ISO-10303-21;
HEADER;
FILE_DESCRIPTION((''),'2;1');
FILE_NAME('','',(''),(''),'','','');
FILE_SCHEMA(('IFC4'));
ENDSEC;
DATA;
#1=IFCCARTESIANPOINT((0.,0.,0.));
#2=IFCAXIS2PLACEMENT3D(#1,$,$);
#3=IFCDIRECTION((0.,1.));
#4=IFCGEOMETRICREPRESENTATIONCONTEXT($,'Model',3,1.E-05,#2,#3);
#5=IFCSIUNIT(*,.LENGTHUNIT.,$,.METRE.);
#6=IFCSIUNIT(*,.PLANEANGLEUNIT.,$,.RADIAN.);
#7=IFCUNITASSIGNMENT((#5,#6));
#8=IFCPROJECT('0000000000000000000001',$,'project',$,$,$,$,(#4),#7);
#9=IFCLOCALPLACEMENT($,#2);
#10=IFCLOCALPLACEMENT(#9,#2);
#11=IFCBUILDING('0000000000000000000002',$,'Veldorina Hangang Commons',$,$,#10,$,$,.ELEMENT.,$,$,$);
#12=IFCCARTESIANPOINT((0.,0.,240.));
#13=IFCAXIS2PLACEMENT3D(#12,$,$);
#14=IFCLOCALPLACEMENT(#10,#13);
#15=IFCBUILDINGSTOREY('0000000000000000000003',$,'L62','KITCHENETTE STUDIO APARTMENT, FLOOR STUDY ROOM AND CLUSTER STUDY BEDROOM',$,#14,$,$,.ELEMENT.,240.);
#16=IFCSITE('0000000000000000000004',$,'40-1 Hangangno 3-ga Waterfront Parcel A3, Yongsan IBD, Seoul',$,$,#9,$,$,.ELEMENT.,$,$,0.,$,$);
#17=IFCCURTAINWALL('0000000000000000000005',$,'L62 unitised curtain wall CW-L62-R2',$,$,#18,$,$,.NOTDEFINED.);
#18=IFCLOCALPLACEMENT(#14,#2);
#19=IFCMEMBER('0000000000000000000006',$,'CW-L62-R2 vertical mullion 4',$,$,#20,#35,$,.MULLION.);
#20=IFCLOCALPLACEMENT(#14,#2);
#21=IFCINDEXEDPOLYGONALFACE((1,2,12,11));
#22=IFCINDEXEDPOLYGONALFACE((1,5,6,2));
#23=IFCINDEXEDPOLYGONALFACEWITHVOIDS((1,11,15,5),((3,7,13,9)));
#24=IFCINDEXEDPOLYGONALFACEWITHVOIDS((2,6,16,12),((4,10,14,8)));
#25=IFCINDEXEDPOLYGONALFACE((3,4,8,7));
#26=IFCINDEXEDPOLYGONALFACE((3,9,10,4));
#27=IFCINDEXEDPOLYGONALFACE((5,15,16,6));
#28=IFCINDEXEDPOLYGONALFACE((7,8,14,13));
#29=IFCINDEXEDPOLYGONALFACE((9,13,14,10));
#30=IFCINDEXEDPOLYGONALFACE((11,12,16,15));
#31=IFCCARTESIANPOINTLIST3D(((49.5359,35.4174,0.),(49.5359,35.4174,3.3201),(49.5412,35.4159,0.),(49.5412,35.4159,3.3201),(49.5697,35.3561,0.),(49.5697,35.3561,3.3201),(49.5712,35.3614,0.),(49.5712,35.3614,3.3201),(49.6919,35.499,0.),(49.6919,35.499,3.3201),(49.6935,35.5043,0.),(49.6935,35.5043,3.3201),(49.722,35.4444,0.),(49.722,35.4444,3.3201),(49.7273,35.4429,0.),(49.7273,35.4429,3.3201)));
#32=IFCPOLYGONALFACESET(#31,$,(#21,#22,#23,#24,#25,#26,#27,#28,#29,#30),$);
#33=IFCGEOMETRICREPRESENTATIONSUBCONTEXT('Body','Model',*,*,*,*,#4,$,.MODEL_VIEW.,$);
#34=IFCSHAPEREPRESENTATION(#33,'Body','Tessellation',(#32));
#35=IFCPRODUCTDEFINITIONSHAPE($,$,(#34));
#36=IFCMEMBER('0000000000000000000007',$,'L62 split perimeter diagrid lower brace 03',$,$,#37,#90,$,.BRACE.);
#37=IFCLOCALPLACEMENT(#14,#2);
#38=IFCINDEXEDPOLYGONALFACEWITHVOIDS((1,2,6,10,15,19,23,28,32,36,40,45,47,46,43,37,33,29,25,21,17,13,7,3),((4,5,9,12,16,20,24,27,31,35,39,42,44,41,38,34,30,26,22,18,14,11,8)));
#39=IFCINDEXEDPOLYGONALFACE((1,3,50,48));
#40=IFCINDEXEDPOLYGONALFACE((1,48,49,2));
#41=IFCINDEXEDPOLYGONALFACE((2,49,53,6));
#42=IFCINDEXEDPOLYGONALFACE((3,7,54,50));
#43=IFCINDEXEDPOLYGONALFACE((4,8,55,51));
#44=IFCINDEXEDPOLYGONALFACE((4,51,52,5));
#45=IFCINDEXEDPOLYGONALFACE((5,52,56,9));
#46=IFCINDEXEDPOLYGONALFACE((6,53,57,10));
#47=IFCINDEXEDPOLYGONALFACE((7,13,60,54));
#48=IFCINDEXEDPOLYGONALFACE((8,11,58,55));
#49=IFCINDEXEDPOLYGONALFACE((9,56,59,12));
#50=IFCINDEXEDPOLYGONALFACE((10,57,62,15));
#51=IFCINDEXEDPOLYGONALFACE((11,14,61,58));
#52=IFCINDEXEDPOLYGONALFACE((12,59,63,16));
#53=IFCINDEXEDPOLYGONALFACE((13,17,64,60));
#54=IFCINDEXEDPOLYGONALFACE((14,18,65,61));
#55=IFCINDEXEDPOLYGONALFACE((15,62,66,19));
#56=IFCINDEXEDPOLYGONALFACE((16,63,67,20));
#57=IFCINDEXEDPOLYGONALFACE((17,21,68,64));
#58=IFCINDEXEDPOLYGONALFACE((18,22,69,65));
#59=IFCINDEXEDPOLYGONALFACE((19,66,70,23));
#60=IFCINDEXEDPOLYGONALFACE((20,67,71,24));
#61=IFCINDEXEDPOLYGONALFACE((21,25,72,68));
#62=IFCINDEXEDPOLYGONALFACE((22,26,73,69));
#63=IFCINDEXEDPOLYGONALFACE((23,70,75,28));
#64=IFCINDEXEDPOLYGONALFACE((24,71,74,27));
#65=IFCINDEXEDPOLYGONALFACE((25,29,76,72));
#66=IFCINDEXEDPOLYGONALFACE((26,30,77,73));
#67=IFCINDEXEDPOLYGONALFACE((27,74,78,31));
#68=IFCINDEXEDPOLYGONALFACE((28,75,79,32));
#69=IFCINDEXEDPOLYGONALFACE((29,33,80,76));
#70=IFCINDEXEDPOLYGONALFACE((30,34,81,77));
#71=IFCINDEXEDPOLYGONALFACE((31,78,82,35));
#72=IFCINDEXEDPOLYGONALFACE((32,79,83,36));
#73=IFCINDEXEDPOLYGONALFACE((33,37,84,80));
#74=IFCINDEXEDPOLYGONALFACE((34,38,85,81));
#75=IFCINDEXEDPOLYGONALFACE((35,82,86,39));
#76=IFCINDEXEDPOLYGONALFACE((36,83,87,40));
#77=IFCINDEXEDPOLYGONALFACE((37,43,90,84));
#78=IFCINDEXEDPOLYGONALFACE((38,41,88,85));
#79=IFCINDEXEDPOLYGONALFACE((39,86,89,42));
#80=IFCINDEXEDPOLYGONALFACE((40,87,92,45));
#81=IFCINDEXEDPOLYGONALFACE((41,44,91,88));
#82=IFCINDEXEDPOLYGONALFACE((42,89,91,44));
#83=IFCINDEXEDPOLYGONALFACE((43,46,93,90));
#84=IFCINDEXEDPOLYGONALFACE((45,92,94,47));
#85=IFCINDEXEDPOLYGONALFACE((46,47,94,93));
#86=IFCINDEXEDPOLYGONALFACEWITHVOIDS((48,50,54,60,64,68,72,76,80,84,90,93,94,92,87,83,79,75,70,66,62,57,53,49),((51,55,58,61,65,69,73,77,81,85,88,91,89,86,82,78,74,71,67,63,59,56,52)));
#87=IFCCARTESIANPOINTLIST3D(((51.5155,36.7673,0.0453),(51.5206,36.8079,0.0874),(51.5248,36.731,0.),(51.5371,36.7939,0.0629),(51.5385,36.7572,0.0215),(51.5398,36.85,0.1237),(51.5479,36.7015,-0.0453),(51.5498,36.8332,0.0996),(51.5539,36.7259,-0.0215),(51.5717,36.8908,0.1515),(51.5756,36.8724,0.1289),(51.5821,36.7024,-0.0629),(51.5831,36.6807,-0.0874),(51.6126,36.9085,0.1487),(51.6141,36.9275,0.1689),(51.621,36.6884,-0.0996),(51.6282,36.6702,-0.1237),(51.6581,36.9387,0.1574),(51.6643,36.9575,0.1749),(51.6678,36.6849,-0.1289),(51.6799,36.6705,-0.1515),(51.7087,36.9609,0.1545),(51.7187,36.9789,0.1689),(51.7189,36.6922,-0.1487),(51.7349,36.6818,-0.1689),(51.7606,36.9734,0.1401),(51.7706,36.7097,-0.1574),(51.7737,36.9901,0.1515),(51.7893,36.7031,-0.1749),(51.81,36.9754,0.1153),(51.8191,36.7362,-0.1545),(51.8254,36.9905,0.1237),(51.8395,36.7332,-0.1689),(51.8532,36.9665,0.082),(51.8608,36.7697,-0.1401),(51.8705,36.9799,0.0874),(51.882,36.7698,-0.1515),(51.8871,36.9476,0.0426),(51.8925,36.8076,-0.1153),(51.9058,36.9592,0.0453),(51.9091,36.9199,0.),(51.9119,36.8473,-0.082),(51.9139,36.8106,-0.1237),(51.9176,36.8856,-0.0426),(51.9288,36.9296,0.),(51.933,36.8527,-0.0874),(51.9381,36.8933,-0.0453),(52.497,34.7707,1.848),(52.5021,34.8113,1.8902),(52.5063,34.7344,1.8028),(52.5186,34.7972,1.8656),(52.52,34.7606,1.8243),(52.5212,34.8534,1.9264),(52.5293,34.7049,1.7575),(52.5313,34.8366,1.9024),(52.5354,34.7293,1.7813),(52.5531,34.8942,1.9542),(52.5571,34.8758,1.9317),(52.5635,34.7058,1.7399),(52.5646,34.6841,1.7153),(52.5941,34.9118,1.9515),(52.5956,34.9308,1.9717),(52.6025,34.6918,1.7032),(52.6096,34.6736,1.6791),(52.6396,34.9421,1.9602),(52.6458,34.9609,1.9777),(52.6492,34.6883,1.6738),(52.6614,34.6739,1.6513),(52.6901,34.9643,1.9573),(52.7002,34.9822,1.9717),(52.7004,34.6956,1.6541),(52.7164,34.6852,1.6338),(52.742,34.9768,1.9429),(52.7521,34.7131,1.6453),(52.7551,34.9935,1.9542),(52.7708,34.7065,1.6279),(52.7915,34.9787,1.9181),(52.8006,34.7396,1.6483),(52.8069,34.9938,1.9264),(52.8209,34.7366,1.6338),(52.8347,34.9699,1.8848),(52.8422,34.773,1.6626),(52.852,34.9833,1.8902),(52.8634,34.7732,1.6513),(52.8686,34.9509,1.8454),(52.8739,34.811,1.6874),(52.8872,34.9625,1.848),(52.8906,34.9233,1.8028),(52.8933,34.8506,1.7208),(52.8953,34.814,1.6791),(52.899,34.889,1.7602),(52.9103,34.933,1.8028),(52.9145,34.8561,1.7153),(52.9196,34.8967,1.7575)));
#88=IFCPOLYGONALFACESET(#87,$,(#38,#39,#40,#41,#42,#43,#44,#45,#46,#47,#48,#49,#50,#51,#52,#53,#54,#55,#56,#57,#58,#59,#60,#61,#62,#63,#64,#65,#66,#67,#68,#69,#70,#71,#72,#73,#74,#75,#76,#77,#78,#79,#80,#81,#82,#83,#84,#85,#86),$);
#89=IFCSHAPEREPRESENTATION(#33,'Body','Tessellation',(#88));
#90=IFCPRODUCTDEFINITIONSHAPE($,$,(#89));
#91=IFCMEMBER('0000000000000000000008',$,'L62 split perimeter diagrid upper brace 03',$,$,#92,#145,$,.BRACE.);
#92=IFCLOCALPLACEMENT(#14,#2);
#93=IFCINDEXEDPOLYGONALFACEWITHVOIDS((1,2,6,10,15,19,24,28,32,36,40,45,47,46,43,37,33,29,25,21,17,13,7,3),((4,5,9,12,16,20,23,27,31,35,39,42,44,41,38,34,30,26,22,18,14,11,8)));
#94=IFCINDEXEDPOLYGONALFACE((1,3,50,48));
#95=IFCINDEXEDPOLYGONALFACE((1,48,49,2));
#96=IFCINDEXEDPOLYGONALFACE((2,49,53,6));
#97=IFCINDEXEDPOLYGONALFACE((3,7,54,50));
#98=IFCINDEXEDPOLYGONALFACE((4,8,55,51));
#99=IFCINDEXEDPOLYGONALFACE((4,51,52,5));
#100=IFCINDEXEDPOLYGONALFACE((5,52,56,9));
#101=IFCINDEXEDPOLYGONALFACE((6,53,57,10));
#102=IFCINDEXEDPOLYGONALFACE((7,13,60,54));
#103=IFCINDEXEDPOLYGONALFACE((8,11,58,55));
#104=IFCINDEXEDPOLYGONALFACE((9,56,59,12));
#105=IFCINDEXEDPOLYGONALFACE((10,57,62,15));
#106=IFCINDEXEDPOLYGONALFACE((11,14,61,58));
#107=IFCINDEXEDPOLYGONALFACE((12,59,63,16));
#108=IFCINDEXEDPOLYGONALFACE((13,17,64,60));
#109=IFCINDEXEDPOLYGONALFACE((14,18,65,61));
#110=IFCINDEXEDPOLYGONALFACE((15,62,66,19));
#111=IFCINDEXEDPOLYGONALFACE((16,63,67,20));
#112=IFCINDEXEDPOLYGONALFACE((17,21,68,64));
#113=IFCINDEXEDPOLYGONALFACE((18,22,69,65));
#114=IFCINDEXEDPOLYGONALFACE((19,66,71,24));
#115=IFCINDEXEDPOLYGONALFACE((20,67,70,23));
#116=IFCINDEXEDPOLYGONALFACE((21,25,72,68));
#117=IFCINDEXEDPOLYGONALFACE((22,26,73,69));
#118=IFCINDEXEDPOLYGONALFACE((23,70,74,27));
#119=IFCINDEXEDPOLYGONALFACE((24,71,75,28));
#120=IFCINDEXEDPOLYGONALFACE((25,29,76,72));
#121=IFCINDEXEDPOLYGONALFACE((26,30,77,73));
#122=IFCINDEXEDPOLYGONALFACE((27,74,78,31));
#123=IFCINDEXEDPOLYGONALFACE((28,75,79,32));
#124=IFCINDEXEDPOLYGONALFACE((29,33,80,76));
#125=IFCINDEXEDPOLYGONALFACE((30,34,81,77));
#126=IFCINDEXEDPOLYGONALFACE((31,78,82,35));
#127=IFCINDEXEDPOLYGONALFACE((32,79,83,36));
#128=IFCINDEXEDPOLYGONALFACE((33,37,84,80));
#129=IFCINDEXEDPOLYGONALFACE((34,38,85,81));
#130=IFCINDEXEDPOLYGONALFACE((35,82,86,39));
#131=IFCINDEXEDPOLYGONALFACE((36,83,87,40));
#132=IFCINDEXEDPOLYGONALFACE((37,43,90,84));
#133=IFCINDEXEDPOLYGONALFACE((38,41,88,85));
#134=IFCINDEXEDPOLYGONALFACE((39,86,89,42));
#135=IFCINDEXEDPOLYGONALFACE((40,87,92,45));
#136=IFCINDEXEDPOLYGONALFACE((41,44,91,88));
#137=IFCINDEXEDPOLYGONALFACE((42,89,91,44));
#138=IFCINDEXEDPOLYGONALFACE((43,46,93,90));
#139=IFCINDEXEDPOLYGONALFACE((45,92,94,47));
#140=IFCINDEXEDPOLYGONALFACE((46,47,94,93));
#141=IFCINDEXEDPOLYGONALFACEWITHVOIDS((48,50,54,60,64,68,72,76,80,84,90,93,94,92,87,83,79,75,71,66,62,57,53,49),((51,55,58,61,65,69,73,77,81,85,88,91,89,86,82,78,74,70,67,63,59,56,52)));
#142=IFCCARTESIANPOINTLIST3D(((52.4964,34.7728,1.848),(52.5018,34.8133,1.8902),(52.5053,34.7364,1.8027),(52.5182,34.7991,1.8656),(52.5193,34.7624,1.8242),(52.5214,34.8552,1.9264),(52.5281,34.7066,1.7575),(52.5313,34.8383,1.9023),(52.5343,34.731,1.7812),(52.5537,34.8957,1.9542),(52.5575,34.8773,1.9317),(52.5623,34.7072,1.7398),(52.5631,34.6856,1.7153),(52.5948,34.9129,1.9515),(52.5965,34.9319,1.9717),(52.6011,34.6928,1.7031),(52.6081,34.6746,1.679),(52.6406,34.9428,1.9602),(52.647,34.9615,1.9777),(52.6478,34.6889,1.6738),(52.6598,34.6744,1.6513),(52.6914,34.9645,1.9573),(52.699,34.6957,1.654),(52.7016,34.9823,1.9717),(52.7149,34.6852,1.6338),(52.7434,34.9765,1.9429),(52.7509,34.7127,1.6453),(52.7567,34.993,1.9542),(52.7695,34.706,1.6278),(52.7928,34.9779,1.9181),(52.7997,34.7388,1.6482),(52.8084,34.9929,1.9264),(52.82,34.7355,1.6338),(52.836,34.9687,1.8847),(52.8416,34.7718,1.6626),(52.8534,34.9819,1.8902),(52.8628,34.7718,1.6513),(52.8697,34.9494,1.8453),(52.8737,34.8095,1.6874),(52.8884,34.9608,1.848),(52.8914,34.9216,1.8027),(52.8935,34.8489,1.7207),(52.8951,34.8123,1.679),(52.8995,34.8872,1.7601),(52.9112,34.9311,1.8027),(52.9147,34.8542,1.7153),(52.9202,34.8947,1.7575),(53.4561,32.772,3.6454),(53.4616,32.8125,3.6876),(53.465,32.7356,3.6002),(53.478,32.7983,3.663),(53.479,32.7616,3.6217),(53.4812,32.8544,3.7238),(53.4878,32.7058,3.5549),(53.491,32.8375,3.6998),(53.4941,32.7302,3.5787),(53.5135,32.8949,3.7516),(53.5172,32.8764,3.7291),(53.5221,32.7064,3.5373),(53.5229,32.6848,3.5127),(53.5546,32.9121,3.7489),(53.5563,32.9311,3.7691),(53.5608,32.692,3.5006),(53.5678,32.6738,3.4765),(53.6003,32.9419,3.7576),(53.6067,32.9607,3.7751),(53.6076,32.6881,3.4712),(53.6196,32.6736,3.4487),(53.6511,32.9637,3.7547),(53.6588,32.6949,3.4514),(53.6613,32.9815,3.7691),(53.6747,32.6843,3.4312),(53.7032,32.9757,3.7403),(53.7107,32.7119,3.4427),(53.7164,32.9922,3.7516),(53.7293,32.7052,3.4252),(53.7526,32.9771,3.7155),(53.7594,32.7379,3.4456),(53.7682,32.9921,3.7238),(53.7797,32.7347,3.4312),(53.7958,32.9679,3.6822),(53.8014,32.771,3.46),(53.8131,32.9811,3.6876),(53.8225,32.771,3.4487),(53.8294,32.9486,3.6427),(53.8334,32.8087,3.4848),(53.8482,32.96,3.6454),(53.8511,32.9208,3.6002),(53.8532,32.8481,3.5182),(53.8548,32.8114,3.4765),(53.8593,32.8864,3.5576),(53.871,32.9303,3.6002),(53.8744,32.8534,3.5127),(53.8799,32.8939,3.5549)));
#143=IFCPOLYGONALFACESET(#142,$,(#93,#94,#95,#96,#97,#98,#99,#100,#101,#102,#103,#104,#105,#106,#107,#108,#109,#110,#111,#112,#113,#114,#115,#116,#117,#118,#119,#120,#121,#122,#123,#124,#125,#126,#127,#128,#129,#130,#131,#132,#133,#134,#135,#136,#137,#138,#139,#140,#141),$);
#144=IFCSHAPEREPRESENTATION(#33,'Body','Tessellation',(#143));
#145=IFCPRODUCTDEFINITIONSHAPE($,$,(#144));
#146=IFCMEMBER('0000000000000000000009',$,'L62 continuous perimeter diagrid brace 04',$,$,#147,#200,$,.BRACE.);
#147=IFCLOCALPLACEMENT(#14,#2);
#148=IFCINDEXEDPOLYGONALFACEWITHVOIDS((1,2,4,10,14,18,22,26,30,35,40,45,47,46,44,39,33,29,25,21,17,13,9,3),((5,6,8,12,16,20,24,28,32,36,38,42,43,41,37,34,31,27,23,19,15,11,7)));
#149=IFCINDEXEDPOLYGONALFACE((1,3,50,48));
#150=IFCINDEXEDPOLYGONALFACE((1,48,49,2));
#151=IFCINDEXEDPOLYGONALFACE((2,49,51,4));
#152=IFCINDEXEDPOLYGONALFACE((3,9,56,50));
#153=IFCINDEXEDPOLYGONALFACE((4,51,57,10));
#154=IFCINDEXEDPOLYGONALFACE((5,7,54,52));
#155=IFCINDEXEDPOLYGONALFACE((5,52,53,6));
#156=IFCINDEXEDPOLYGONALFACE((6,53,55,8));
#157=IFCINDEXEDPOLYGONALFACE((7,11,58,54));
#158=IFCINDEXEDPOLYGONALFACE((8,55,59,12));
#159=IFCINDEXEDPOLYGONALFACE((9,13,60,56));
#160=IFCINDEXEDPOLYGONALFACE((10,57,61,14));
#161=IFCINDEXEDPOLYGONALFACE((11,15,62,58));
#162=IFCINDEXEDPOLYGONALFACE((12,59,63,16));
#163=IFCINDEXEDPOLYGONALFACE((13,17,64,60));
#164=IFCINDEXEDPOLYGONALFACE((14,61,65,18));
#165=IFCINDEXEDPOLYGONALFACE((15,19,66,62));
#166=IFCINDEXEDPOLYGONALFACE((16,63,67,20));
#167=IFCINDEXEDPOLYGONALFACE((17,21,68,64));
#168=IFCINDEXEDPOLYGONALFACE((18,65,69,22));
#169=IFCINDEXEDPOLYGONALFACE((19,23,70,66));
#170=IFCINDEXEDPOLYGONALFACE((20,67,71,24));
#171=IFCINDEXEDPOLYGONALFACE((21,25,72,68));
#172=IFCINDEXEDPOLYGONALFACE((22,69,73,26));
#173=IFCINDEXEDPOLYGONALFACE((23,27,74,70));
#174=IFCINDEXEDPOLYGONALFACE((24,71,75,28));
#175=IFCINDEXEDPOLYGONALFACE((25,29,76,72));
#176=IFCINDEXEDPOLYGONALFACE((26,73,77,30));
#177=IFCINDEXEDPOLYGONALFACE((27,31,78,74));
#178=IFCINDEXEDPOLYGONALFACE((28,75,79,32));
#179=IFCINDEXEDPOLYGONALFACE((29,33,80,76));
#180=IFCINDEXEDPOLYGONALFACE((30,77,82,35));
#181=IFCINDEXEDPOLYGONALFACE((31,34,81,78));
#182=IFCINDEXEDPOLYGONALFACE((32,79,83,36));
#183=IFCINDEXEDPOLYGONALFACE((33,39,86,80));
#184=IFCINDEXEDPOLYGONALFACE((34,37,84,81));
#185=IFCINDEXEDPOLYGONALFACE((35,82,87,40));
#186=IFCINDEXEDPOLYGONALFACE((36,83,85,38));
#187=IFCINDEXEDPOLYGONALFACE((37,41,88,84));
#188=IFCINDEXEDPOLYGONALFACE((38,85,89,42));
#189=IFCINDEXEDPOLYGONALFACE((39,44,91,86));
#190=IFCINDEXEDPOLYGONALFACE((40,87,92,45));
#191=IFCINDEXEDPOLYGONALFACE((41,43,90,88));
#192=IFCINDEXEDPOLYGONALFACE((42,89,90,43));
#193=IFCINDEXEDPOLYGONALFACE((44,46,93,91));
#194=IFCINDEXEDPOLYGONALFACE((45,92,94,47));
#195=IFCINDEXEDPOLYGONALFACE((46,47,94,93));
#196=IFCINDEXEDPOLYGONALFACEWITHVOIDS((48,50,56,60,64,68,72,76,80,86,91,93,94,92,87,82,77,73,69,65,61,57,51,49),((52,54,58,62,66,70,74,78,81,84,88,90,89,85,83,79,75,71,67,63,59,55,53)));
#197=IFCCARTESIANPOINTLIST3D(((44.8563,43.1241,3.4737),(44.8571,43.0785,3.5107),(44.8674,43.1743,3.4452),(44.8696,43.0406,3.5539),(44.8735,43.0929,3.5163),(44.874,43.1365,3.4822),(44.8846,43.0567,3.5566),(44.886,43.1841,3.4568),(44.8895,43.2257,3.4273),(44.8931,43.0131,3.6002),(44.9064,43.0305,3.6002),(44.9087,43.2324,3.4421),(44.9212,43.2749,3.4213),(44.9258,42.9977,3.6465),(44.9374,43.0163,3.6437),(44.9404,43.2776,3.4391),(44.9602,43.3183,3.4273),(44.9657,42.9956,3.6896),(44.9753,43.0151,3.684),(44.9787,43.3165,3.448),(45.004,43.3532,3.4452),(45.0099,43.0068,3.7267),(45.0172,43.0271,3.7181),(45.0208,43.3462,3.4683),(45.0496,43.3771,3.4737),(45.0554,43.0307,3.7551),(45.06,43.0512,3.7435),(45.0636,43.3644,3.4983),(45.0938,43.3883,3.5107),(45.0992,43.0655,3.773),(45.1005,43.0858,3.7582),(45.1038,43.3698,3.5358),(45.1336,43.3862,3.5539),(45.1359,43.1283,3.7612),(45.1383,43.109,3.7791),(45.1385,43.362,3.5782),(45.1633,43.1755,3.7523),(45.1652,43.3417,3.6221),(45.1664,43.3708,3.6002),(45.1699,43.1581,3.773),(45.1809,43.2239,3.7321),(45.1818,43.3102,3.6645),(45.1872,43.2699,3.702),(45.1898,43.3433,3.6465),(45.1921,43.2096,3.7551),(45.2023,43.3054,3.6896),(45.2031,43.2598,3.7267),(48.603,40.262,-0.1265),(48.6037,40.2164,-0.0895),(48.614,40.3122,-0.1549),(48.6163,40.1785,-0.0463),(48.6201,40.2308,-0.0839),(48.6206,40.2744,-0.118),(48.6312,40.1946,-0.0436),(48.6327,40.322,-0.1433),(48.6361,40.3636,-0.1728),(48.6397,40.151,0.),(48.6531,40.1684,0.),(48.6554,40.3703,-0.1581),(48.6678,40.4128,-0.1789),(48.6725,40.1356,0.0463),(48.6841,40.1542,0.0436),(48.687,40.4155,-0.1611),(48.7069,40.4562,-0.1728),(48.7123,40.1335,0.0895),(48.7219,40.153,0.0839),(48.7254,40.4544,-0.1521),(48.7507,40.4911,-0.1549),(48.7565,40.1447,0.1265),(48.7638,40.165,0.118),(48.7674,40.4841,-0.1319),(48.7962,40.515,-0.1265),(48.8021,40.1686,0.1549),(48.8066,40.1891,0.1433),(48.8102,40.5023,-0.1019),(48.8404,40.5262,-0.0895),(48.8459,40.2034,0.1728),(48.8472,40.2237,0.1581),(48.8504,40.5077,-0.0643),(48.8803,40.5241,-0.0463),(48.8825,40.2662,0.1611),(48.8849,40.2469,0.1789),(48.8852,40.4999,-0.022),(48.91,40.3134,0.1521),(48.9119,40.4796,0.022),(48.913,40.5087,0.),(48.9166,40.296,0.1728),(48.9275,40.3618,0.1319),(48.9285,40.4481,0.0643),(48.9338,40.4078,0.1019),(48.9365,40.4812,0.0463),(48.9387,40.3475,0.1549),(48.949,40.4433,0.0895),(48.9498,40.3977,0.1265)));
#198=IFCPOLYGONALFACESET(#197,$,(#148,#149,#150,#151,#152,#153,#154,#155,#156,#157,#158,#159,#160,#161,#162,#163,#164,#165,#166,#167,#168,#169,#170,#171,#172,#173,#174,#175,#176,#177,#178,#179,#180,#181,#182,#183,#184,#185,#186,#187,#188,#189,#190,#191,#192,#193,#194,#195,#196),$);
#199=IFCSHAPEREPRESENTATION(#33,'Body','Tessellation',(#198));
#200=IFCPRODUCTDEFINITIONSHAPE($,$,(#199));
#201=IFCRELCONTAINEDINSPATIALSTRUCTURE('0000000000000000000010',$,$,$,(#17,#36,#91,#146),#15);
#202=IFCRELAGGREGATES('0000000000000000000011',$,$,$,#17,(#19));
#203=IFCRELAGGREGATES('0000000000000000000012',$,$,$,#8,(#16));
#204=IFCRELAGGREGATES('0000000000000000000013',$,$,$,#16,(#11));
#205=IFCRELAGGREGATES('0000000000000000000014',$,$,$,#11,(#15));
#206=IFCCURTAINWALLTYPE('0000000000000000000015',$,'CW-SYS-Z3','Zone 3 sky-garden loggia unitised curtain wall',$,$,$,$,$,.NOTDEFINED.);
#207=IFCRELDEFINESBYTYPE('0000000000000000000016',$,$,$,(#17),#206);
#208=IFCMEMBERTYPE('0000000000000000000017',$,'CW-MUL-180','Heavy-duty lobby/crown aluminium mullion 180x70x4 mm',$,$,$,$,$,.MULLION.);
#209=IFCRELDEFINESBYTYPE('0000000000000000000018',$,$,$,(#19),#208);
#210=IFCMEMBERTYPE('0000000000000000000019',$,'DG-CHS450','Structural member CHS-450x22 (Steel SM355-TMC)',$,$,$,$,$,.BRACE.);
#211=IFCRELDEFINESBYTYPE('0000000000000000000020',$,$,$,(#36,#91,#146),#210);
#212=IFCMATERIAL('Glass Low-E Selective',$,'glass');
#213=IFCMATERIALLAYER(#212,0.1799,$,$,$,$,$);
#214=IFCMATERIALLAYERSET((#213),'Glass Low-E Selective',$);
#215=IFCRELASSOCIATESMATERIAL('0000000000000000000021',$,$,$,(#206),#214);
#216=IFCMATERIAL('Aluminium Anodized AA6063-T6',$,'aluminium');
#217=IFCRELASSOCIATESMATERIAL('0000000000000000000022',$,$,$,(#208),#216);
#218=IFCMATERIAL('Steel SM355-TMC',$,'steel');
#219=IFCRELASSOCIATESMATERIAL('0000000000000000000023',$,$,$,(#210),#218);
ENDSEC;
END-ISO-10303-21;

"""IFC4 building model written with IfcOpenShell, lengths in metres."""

from ifc_helpers import new_model, si_unit, direction, frame, origin, origin_2d, place, context, subcontext, project, spatial, hollow_rectangle, hollow_circle, extrude, material, layer, layer_set, material_profile, profile_set, type_object, element, aggregate, save


model = new_model("IFC4")

# Units and contexts
model_context = context("Model", 3, precision=1e-05, world=origin(), true_north=direction((0.0, 1.0)))
body_context = subcontext(model_context, "Body", "Model", "MODEL_VIEW")
ifc_project = project(units=[si_unit("LENGTHUNIT", "METRE"), si_unit("PLANEANGLEUNIT", "RADIAN")], contexts=[model_context])

# Site, building, storey
site_placement = place(None, origin())
site = spatial("IfcSite", under=ifc_project, at=site_placement, Name="40-1 Hangangno 3-ga Waterfront Parcel A3, Yongsan IBD, Seoul", CompositionType="ELEMENT", RefElevation=0.0)
building_placement = place(site_placement, origin())
building = spatial("IfcBuilding", under=site, at=building_placement, Name="Veldorina Hangang Commons", CompositionType="ELEMENT")
storey_placement = place(building_placement, frame((0.0, 0.0, 240.0)))
storey = spatial("IfcBuildingStorey", under=building, at=storey_placement, Name="L62", Description="KITCHENETTE STUDIO APARTMENT, FLOOR STUDY ROOM AND CLUSTER STUDY BEDROOM", CompositionType="ELEMENT", Elevation=240.0)

# Shared definitions
ifc_material_1 = material(Name="Steel SM355-TMC", Category="steel")

# Curtain wall, member
ifc_material_2 = material(Name="Glass Low-E Selective", Category="glass")
ifc_layer_1 = layer(ifc_material_2, 0.1799)
ifc_layer_set_1 = layer_set([ifc_layer_1], Name="Glass Low-E Selective")
curtain_wall_type = type_object("IfcCurtainWallType", Name="CW-SYS-Z3", Description="Zone 3 sky-garden loggia unitised curtain wall", PredefinedType="NOTDEFINED", material=ifc_layer_set_1)
curtain_wall_placement = place(storey_placement, origin())
curtain_wall = element("IfcCurtainWall", 1, at=curtain_wall_placement, inside=storey, type_object=curtain_wall_type, Name="L62 unitised curtain wall CW-L62-R2", PredefinedType="NOTDEFINED")
ifc_material_3 = material(Name="Aluminium Anodized AA6063-T6", Category="aluminium")
ifc_material_profile_1 = material_profile(ifc_material_3, hollow_rectangle(XDim=0.0701, YDim=0.1799, WallThickness=0.0039, at=origin_2d()), Name="ALU-RHS-180x70x4")
ifc_profile_set_1 = profile_set([ifc_material_profile_1], Name="Aluminium Anodized AA6063-T6")
member_type_1 = type_object("IfcMemberType", Name="CW-MUL-180", Description="Heavy-duty lobby/crown aluminium mullion 180x70x4 mm", PredefinedType="MULLION", material=ifc_profile_set_1)
member_1_placement = place(storey_placement, frame((49.6316, 35.4302, 0.0), z_axis=(0.0, 0.0, 1.0), x_axis=(0.482549, -0.875869, 0.0)))
member_1 = element("IfcMember", 2, at=member_1_placement, type_object=member_type_1, Name="CW-L62-R2 vertical mullion 4", PredefinedType="MULLION", context=body_context, shape_type="SweptSolid", body=[
    extrude(hollow_rectangle(XDim=0.0701, YDim=0.1799, WallThickness=0.0039, at=origin_2d()), origin(), (0.0, 0.0, 1.0), 3.3201),
])

# Members
ifc_material_profile_2 = material_profile(ifc_material_1, hollow_circle(Radius=0.2251, WallThickness=0.022, at=origin_2d()), Name="CHS-450x22")
ifc_profile_set_2 = profile_set([ifc_material_profile_2], Name="Steel SM355-TMC")
member_type_2 = type_object("IfcMemberType", Name="DG-CHS450", Description="Structural member CHS-450x22 (Steel SM355-TMC)", PredefinedType="BRACE", material=ifc_profile_set_2)
member_2_placement = place(storey_placement, frame((51.7268, 36.8303, 0.0), z_axis=(0.342748, -0.697261, 0.629564), x_axis=(0.897435, 0.441146, 0.0)))
element("IfcMember", 3, at=member_2_placement, inside=storey, type_object=member_type_2, Name="L62 split perimeter diagrid lower brace 03", PredefinedType="BRACE", context=body_context, shape_type="SweptSolid", body=[
    extrude(hollow_circle(Radius=0.2251, WallThickness=0.022, at=origin_2d()), origin(), (0.0, 0.0, 1.0), 2.8635),
])
member_3_placement = place(storey_placement, frame((52.7083, 34.8337, 1.8027), z_axis=(0.336081, -0.700633, 0.629415), x_axis=(0.901635, 0.432499, 0.0)))
element("IfcMember", 4, at=member_3_placement, inside=storey, type_object=member_type_2, Name="L62 split perimeter diagrid upper brace 03", PredefinedType="BRACE", context=body_context, shape_type="SweptSolid", body=[
    extrude(hollow_circle(Radius=0.2251, WallThickness=0.022, at=origin_2d()), origin(), (0.0, 0.0, 1.0), 2.8557),
])
member_4_placement = place(storey_placement, frame((48.7764, 40.3298, 0.0), z_axis=(-0.631585, 0.482476, 0.606891), x_axis=(-0.607052, -0.794662, 0.0)))
element("IfcMember", 5, at=member_4_placement, inside=storey, type_object=member_type_2, Name="L62 continuous perimeter diagrid brace 04", PredefinedType="BRACE", context=body_context, shape_type="SweptSolid", body=[
    extrude(hollow_circle(Radius=0.2251, WallThickness=0.022, at=origin_2d()), origin(), (0.0, 0.0, 1.0), 5.9321),
])

aggregate(curtain_wall, [member_1])

save(model, "model.ifc")
